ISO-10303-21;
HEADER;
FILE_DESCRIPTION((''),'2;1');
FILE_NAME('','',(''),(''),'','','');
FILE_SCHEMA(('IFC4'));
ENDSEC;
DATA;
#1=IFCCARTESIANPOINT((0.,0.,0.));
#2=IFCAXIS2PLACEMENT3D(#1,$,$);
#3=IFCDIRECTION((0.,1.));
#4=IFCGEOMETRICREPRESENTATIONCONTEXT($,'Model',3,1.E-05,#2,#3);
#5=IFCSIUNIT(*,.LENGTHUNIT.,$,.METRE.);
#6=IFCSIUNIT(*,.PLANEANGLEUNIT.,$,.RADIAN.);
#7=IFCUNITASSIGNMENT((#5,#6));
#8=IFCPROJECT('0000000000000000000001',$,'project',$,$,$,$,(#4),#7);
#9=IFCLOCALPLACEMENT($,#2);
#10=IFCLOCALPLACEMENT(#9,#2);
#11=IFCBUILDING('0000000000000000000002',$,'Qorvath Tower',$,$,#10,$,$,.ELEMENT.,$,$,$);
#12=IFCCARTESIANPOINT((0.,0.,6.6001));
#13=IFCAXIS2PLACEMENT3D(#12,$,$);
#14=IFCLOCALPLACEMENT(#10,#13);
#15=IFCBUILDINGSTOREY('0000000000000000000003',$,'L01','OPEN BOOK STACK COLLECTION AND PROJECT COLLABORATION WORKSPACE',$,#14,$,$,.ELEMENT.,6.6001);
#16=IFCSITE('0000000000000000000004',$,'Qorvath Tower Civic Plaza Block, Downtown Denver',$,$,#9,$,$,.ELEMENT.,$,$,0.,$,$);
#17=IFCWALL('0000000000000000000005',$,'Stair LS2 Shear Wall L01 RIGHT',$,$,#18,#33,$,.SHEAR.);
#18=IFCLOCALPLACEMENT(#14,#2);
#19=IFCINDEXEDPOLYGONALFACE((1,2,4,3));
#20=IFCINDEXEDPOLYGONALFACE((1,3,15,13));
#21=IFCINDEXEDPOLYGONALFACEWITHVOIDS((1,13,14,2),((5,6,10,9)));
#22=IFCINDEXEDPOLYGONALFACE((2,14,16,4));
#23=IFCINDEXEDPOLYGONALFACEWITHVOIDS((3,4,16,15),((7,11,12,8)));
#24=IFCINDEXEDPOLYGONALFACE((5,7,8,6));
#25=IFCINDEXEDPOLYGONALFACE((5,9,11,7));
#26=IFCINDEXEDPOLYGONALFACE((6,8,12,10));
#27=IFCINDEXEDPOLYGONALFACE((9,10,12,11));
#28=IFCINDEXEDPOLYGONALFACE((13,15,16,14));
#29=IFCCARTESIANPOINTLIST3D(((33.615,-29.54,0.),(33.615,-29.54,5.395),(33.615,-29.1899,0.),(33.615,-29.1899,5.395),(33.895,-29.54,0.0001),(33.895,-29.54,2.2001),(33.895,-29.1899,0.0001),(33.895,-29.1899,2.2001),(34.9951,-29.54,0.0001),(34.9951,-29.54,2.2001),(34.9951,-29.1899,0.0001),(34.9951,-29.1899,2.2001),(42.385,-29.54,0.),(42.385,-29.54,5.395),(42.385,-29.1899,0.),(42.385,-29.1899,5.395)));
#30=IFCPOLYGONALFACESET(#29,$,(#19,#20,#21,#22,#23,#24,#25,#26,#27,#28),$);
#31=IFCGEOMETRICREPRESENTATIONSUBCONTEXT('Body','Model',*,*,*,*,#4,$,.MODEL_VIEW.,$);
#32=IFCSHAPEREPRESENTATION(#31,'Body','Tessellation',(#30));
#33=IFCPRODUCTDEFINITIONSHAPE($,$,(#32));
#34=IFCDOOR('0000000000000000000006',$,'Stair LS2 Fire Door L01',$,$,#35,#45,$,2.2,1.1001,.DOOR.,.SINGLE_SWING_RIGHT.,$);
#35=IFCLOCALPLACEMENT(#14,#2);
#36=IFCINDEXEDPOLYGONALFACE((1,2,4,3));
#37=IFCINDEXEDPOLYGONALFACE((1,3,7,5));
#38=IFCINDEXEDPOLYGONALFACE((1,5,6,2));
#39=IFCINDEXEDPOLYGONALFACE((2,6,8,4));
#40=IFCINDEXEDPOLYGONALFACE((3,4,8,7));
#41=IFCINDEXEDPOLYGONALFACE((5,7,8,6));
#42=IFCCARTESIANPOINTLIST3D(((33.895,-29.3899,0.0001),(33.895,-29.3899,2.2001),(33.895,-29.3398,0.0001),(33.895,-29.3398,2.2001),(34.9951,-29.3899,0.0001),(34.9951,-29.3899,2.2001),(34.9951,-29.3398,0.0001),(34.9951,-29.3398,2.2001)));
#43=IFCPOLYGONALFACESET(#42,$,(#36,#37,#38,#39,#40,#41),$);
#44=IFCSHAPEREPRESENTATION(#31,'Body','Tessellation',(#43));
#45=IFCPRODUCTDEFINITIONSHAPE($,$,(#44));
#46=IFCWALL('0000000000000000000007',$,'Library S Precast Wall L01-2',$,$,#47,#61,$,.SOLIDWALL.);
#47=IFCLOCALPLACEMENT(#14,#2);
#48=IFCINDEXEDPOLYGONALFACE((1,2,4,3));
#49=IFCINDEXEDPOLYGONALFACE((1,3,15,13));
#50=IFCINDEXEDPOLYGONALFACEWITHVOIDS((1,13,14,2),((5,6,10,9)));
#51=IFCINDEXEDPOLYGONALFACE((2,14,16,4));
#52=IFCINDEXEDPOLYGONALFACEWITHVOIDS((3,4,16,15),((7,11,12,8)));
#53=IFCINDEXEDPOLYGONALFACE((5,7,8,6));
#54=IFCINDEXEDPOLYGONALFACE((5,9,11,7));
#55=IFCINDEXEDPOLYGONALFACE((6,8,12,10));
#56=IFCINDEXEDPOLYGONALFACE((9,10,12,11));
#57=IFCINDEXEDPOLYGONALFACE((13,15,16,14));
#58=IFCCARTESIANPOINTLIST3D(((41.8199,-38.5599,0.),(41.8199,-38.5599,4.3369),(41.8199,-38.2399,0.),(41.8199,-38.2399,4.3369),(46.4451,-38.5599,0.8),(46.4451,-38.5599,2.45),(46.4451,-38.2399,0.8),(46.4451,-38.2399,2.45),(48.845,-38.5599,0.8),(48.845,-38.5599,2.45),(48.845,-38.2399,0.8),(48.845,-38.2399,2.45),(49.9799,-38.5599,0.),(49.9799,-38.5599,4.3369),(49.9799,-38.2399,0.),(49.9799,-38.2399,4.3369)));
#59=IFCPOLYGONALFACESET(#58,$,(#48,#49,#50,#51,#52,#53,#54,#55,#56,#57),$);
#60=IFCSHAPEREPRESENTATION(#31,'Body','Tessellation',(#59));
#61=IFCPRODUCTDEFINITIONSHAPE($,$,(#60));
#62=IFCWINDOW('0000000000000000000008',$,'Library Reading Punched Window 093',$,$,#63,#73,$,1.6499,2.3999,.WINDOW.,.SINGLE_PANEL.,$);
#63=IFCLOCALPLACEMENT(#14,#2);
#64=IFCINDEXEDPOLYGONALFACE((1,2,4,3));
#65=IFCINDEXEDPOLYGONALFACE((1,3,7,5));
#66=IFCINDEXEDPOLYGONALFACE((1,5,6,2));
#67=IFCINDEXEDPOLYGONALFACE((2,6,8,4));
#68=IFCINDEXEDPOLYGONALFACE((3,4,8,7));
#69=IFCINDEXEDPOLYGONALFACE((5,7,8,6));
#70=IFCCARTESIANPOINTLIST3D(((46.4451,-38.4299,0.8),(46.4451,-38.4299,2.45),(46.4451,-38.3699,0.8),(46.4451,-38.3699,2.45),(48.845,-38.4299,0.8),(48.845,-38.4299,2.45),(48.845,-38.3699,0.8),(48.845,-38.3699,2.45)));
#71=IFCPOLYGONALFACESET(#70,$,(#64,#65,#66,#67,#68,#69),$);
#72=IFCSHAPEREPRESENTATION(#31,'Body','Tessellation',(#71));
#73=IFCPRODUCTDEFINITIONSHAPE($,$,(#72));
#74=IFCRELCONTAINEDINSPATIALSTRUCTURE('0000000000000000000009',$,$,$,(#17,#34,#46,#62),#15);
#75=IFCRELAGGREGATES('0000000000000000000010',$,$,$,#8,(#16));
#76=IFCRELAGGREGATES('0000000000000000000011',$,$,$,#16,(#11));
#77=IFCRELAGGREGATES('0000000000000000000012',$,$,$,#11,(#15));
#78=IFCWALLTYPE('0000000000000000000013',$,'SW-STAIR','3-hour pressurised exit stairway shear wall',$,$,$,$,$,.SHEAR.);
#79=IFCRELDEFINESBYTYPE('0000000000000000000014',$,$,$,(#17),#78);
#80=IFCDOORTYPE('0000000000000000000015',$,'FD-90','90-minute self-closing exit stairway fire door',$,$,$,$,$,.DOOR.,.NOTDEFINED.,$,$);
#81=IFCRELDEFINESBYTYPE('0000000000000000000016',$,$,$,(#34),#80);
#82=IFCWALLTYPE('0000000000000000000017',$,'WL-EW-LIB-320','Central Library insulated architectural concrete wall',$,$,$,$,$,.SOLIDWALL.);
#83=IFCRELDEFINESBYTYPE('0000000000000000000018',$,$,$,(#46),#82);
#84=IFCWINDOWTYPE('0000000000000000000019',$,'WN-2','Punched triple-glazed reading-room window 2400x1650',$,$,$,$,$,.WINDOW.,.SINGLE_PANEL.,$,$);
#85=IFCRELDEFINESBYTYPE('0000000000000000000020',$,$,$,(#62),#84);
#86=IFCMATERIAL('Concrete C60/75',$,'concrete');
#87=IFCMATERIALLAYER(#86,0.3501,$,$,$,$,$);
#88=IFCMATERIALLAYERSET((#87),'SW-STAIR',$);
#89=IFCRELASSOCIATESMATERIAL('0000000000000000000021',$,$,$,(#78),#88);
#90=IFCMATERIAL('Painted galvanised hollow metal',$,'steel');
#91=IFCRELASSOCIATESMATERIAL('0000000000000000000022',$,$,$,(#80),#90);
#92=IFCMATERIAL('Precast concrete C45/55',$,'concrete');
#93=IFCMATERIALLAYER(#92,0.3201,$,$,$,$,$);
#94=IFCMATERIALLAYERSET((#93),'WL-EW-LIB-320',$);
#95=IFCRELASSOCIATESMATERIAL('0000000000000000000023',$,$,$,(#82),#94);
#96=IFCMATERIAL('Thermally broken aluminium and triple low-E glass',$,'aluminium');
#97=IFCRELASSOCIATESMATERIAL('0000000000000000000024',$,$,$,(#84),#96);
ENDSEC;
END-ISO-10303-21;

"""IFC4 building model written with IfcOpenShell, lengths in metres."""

from ifc_helpers import new_model, si_unit, direction, frame, frame_2d, origin, place, context, subcontext, project, spatial, rectangle, extrude, material, layer, layer_set, type_object, element, fill, save


model = new_model("IFC4")

# Units and contexts
model_context = context("Model", 3, precision=1e-05, world=origin(), true_north=direction((0.0, 1.0)))
body_context = subcontext(model_context, "Body", "Model", "MODEL_VIEW")
ifc_project = project(units=[si_unit("LENGTHUNIT", "METRE"), si_unit("PLANEANGLEUNIT", "RADIAN")], contexts=[model_context])

# Site, building, storey
site_placement = place(None, origin())
site = spatial("IfcSite", under=ifc_project, at=site_placement, Name="Qorvath Tower Civic Plaza Block, Downtown Denver", CompositionType="ELEMENT", RefElevation=0.0)
building_placement = place(site_placement, origin())
building = spatial("IfcBuilding", under=site, at=building_placement, Name="Qorvath Tower", CompositionType="ELEMENT")
storey_placement = place(building_placement, frame((0.0, 0.0, 6.6001)))
storey = spatial("IfcBuildingStorey", under=building, at=storey_placement, Name="L01", Description="OPEN BOOK STACK COLLECTION AND PROJECT COLLABORATION WORKSPACE", CompositionType="ELEMENT", Elevation=6.6001)

# Shared definitions
ifc_material_1 = material(Name="Concrete C60/75", Category="concrete")
ifc_layer_1 = layer(ifc_material_1, 0.3501)
ifc_layer_set_1 = layer_set([ifc_layer_1], Name="SW-STAIR")
wall_type_1 = type_object("IfcWallType", Name="SW-STAIR", Description="3-hour pressurised exit stairway shear wall", PredefinedType="SHEAR", material=ifc_layer_set_1)

# Wall, opening, door
wall_1_placement = place(storey_placement, frame((42.385, -29.365, 0.0), z_axis=(0.0, 0.0, 1.0), x_axis=(-1.0, 0.0, 0.0)))
wall_1 = element("IfcWall", 1, at=wall_1_placement, inside=storey, type_object=wall_type_1, Name="Stair LS2 Shear Wall L01 RIGHT", PredefinedType="SHEAR", context=body_context, shape_type="SweptSolid", body=[
    extrude(rectangle(XDim=8.77, YDim=0.3501, at=frame_2d((4.385, 0.0))), origin(), (0.0, 0.0, 1.0), 5.395),
])
opening_1_placement = place(wall_1_placement, frame((7.3899, 0.0, 0.0)))
opening_1 = element("IfcOpeningElement", 2, at=opening_1_placement, cuts=wall_1, PredefinedType="OPENING", context=body_context, shape_type="SweptSolid", body=[
    extrude(rectangle(XDim=1.1001, YDim=2.2, at=frame_2d((0.55, 1.1001))), frame((0.0, 0.1851, 0.0), z_axis=(0.0, -1.0, 0.0), x_axis=(1.0, 0.0, 0.0)), (0.0, 0.0, 1.0), 0.3701),
])
ifc_material_2 = material(Name="Painted galvanised hollow metal", Category="steel")
door_type_1 = type_object("IfcDoorType", Name="FD-90", Description="90-minute self-closing exit stairway fire door", OperationType="NOTDEFINED", PredefinedType="DOOR", material=ifc_material_2)
door_1_placement = place(opening_1_placement, origin())
door_1 = element("IfcDoor", 3, at=door_1_placement, inside=storey, type_object=door_type_1, Name="Stair LS2 Fire Door L01", OperationType="SINGLE_SWING_RIGHT", OverallHeight=2.2, OverallWidth=1.1001, PredefinedType="DOOR", context=body_context, shape_type="SweptSolid", body=[
    extrude(rectangle(XDim=1.1001, YDim=2.2, at=frame_2d((0.55, 1.1001))), frame((0.0, 0.0249, 0.0), z_axis=(0.0, -1.0, 0.0), x_axis=(1.0, 0.0, 0.0)), (0.0, 0.0, 1.0), 0.05),
])
fill(opening_1, door_1)

# Wall, opening, window
ifc_material_3 = material(Name="Precast concrete C45/55", Category="concrete")
ifc_layer_2 = layer(ifc_material_3, 0.3201)
ifc_layer_set_2 = layer_set([ifc_layer_2], Name="WL-EW-LIB-320")
wall_type_2 = type_object("IfcWallType", Name="WL-EW-LIB-320", Description="Central Library insulated architectural concrete wall", PredefinedType="SOLIDWALL", material=ifc_layer_set_2)
wall_2_placement = place(storey_placement, frame((49.98, -38.3999, 0.0), z_axis=(0.0, 0.0, 1.0), x_axis=(-1.0, 0.0, 0.0)))
wall_2 = element("IfcWall", 4, at=wall_2_placement, inside=storey, type_object=wall_type_2, Name="Library S Precast Wall L01-2", PredefinedType="SOLIDWALL", context=body_context, shape_type="SweptSolid", body=[
    extrude(rectangle(XDim=8.1599, YDim=0.3201, at=frame_2d((4.0801, 0.0))), origin(), (0.0, 0.0, 1.0), 4.3369),
])
opening_2_placement = place(wall_2_placement, frame((1.135, 0.0, 0.8)))
opening_2 = element("IfcOpeningElement", 5, at=opening_2_placement, cuts=wall_2, PredefinedType="OPENING", context=body_context, shape_type="SweptSolid", body=[
    extrude(rectangle(XDim=2.3999, YDim=1.6499, at=frame_2d((1.2, 0.825))), frame((0.0, 0.1699, 0.0), z_axis=(0.0, -1.0, 0.0), x_axis=(1.0, 0.0, 0.0)), (0.0, 0.0, 1.0), 0.3401),
])
ifc_material_4 = material(Name="Thermally broken aluminium and triple low-E glass", Category="aluminium")
window_type = type_object("IfcWindowType", Name="WN-2", Description="Punched triple-glazed reading-room window 2400x1650", PartitioningType="SINGLE_PANEL", PredefinedType="WINDOW", material=ifc_material_4)
window_placement = place(opening_2_placement, origin())
window = element("IfcWindow", 6, at=window_placement, inside=storey, type_object=window_type, Name="Library Reading Punched Window 093", OverallHeight=1.6499, OverallWidth=2.3999, PartitioningType="SINGLE_PANEL", PredefinedType="WINDOW", context=body_context, shape_type="SweptSolid", body=[
    extrude(rectangle(XDim=2.3999, YDim=1.6499, at=frame_2d((1.2, 0.825))), frame((0.0, 0.03, 0.0), z_axis=(0.0, -1.0, 0.0), x_axis=(1.0, 0.0, 0.0)), (0.0, 0.0, 1.0), 0.0601),
])
fill(opening_2, window)

save(model, "model.ifc")
